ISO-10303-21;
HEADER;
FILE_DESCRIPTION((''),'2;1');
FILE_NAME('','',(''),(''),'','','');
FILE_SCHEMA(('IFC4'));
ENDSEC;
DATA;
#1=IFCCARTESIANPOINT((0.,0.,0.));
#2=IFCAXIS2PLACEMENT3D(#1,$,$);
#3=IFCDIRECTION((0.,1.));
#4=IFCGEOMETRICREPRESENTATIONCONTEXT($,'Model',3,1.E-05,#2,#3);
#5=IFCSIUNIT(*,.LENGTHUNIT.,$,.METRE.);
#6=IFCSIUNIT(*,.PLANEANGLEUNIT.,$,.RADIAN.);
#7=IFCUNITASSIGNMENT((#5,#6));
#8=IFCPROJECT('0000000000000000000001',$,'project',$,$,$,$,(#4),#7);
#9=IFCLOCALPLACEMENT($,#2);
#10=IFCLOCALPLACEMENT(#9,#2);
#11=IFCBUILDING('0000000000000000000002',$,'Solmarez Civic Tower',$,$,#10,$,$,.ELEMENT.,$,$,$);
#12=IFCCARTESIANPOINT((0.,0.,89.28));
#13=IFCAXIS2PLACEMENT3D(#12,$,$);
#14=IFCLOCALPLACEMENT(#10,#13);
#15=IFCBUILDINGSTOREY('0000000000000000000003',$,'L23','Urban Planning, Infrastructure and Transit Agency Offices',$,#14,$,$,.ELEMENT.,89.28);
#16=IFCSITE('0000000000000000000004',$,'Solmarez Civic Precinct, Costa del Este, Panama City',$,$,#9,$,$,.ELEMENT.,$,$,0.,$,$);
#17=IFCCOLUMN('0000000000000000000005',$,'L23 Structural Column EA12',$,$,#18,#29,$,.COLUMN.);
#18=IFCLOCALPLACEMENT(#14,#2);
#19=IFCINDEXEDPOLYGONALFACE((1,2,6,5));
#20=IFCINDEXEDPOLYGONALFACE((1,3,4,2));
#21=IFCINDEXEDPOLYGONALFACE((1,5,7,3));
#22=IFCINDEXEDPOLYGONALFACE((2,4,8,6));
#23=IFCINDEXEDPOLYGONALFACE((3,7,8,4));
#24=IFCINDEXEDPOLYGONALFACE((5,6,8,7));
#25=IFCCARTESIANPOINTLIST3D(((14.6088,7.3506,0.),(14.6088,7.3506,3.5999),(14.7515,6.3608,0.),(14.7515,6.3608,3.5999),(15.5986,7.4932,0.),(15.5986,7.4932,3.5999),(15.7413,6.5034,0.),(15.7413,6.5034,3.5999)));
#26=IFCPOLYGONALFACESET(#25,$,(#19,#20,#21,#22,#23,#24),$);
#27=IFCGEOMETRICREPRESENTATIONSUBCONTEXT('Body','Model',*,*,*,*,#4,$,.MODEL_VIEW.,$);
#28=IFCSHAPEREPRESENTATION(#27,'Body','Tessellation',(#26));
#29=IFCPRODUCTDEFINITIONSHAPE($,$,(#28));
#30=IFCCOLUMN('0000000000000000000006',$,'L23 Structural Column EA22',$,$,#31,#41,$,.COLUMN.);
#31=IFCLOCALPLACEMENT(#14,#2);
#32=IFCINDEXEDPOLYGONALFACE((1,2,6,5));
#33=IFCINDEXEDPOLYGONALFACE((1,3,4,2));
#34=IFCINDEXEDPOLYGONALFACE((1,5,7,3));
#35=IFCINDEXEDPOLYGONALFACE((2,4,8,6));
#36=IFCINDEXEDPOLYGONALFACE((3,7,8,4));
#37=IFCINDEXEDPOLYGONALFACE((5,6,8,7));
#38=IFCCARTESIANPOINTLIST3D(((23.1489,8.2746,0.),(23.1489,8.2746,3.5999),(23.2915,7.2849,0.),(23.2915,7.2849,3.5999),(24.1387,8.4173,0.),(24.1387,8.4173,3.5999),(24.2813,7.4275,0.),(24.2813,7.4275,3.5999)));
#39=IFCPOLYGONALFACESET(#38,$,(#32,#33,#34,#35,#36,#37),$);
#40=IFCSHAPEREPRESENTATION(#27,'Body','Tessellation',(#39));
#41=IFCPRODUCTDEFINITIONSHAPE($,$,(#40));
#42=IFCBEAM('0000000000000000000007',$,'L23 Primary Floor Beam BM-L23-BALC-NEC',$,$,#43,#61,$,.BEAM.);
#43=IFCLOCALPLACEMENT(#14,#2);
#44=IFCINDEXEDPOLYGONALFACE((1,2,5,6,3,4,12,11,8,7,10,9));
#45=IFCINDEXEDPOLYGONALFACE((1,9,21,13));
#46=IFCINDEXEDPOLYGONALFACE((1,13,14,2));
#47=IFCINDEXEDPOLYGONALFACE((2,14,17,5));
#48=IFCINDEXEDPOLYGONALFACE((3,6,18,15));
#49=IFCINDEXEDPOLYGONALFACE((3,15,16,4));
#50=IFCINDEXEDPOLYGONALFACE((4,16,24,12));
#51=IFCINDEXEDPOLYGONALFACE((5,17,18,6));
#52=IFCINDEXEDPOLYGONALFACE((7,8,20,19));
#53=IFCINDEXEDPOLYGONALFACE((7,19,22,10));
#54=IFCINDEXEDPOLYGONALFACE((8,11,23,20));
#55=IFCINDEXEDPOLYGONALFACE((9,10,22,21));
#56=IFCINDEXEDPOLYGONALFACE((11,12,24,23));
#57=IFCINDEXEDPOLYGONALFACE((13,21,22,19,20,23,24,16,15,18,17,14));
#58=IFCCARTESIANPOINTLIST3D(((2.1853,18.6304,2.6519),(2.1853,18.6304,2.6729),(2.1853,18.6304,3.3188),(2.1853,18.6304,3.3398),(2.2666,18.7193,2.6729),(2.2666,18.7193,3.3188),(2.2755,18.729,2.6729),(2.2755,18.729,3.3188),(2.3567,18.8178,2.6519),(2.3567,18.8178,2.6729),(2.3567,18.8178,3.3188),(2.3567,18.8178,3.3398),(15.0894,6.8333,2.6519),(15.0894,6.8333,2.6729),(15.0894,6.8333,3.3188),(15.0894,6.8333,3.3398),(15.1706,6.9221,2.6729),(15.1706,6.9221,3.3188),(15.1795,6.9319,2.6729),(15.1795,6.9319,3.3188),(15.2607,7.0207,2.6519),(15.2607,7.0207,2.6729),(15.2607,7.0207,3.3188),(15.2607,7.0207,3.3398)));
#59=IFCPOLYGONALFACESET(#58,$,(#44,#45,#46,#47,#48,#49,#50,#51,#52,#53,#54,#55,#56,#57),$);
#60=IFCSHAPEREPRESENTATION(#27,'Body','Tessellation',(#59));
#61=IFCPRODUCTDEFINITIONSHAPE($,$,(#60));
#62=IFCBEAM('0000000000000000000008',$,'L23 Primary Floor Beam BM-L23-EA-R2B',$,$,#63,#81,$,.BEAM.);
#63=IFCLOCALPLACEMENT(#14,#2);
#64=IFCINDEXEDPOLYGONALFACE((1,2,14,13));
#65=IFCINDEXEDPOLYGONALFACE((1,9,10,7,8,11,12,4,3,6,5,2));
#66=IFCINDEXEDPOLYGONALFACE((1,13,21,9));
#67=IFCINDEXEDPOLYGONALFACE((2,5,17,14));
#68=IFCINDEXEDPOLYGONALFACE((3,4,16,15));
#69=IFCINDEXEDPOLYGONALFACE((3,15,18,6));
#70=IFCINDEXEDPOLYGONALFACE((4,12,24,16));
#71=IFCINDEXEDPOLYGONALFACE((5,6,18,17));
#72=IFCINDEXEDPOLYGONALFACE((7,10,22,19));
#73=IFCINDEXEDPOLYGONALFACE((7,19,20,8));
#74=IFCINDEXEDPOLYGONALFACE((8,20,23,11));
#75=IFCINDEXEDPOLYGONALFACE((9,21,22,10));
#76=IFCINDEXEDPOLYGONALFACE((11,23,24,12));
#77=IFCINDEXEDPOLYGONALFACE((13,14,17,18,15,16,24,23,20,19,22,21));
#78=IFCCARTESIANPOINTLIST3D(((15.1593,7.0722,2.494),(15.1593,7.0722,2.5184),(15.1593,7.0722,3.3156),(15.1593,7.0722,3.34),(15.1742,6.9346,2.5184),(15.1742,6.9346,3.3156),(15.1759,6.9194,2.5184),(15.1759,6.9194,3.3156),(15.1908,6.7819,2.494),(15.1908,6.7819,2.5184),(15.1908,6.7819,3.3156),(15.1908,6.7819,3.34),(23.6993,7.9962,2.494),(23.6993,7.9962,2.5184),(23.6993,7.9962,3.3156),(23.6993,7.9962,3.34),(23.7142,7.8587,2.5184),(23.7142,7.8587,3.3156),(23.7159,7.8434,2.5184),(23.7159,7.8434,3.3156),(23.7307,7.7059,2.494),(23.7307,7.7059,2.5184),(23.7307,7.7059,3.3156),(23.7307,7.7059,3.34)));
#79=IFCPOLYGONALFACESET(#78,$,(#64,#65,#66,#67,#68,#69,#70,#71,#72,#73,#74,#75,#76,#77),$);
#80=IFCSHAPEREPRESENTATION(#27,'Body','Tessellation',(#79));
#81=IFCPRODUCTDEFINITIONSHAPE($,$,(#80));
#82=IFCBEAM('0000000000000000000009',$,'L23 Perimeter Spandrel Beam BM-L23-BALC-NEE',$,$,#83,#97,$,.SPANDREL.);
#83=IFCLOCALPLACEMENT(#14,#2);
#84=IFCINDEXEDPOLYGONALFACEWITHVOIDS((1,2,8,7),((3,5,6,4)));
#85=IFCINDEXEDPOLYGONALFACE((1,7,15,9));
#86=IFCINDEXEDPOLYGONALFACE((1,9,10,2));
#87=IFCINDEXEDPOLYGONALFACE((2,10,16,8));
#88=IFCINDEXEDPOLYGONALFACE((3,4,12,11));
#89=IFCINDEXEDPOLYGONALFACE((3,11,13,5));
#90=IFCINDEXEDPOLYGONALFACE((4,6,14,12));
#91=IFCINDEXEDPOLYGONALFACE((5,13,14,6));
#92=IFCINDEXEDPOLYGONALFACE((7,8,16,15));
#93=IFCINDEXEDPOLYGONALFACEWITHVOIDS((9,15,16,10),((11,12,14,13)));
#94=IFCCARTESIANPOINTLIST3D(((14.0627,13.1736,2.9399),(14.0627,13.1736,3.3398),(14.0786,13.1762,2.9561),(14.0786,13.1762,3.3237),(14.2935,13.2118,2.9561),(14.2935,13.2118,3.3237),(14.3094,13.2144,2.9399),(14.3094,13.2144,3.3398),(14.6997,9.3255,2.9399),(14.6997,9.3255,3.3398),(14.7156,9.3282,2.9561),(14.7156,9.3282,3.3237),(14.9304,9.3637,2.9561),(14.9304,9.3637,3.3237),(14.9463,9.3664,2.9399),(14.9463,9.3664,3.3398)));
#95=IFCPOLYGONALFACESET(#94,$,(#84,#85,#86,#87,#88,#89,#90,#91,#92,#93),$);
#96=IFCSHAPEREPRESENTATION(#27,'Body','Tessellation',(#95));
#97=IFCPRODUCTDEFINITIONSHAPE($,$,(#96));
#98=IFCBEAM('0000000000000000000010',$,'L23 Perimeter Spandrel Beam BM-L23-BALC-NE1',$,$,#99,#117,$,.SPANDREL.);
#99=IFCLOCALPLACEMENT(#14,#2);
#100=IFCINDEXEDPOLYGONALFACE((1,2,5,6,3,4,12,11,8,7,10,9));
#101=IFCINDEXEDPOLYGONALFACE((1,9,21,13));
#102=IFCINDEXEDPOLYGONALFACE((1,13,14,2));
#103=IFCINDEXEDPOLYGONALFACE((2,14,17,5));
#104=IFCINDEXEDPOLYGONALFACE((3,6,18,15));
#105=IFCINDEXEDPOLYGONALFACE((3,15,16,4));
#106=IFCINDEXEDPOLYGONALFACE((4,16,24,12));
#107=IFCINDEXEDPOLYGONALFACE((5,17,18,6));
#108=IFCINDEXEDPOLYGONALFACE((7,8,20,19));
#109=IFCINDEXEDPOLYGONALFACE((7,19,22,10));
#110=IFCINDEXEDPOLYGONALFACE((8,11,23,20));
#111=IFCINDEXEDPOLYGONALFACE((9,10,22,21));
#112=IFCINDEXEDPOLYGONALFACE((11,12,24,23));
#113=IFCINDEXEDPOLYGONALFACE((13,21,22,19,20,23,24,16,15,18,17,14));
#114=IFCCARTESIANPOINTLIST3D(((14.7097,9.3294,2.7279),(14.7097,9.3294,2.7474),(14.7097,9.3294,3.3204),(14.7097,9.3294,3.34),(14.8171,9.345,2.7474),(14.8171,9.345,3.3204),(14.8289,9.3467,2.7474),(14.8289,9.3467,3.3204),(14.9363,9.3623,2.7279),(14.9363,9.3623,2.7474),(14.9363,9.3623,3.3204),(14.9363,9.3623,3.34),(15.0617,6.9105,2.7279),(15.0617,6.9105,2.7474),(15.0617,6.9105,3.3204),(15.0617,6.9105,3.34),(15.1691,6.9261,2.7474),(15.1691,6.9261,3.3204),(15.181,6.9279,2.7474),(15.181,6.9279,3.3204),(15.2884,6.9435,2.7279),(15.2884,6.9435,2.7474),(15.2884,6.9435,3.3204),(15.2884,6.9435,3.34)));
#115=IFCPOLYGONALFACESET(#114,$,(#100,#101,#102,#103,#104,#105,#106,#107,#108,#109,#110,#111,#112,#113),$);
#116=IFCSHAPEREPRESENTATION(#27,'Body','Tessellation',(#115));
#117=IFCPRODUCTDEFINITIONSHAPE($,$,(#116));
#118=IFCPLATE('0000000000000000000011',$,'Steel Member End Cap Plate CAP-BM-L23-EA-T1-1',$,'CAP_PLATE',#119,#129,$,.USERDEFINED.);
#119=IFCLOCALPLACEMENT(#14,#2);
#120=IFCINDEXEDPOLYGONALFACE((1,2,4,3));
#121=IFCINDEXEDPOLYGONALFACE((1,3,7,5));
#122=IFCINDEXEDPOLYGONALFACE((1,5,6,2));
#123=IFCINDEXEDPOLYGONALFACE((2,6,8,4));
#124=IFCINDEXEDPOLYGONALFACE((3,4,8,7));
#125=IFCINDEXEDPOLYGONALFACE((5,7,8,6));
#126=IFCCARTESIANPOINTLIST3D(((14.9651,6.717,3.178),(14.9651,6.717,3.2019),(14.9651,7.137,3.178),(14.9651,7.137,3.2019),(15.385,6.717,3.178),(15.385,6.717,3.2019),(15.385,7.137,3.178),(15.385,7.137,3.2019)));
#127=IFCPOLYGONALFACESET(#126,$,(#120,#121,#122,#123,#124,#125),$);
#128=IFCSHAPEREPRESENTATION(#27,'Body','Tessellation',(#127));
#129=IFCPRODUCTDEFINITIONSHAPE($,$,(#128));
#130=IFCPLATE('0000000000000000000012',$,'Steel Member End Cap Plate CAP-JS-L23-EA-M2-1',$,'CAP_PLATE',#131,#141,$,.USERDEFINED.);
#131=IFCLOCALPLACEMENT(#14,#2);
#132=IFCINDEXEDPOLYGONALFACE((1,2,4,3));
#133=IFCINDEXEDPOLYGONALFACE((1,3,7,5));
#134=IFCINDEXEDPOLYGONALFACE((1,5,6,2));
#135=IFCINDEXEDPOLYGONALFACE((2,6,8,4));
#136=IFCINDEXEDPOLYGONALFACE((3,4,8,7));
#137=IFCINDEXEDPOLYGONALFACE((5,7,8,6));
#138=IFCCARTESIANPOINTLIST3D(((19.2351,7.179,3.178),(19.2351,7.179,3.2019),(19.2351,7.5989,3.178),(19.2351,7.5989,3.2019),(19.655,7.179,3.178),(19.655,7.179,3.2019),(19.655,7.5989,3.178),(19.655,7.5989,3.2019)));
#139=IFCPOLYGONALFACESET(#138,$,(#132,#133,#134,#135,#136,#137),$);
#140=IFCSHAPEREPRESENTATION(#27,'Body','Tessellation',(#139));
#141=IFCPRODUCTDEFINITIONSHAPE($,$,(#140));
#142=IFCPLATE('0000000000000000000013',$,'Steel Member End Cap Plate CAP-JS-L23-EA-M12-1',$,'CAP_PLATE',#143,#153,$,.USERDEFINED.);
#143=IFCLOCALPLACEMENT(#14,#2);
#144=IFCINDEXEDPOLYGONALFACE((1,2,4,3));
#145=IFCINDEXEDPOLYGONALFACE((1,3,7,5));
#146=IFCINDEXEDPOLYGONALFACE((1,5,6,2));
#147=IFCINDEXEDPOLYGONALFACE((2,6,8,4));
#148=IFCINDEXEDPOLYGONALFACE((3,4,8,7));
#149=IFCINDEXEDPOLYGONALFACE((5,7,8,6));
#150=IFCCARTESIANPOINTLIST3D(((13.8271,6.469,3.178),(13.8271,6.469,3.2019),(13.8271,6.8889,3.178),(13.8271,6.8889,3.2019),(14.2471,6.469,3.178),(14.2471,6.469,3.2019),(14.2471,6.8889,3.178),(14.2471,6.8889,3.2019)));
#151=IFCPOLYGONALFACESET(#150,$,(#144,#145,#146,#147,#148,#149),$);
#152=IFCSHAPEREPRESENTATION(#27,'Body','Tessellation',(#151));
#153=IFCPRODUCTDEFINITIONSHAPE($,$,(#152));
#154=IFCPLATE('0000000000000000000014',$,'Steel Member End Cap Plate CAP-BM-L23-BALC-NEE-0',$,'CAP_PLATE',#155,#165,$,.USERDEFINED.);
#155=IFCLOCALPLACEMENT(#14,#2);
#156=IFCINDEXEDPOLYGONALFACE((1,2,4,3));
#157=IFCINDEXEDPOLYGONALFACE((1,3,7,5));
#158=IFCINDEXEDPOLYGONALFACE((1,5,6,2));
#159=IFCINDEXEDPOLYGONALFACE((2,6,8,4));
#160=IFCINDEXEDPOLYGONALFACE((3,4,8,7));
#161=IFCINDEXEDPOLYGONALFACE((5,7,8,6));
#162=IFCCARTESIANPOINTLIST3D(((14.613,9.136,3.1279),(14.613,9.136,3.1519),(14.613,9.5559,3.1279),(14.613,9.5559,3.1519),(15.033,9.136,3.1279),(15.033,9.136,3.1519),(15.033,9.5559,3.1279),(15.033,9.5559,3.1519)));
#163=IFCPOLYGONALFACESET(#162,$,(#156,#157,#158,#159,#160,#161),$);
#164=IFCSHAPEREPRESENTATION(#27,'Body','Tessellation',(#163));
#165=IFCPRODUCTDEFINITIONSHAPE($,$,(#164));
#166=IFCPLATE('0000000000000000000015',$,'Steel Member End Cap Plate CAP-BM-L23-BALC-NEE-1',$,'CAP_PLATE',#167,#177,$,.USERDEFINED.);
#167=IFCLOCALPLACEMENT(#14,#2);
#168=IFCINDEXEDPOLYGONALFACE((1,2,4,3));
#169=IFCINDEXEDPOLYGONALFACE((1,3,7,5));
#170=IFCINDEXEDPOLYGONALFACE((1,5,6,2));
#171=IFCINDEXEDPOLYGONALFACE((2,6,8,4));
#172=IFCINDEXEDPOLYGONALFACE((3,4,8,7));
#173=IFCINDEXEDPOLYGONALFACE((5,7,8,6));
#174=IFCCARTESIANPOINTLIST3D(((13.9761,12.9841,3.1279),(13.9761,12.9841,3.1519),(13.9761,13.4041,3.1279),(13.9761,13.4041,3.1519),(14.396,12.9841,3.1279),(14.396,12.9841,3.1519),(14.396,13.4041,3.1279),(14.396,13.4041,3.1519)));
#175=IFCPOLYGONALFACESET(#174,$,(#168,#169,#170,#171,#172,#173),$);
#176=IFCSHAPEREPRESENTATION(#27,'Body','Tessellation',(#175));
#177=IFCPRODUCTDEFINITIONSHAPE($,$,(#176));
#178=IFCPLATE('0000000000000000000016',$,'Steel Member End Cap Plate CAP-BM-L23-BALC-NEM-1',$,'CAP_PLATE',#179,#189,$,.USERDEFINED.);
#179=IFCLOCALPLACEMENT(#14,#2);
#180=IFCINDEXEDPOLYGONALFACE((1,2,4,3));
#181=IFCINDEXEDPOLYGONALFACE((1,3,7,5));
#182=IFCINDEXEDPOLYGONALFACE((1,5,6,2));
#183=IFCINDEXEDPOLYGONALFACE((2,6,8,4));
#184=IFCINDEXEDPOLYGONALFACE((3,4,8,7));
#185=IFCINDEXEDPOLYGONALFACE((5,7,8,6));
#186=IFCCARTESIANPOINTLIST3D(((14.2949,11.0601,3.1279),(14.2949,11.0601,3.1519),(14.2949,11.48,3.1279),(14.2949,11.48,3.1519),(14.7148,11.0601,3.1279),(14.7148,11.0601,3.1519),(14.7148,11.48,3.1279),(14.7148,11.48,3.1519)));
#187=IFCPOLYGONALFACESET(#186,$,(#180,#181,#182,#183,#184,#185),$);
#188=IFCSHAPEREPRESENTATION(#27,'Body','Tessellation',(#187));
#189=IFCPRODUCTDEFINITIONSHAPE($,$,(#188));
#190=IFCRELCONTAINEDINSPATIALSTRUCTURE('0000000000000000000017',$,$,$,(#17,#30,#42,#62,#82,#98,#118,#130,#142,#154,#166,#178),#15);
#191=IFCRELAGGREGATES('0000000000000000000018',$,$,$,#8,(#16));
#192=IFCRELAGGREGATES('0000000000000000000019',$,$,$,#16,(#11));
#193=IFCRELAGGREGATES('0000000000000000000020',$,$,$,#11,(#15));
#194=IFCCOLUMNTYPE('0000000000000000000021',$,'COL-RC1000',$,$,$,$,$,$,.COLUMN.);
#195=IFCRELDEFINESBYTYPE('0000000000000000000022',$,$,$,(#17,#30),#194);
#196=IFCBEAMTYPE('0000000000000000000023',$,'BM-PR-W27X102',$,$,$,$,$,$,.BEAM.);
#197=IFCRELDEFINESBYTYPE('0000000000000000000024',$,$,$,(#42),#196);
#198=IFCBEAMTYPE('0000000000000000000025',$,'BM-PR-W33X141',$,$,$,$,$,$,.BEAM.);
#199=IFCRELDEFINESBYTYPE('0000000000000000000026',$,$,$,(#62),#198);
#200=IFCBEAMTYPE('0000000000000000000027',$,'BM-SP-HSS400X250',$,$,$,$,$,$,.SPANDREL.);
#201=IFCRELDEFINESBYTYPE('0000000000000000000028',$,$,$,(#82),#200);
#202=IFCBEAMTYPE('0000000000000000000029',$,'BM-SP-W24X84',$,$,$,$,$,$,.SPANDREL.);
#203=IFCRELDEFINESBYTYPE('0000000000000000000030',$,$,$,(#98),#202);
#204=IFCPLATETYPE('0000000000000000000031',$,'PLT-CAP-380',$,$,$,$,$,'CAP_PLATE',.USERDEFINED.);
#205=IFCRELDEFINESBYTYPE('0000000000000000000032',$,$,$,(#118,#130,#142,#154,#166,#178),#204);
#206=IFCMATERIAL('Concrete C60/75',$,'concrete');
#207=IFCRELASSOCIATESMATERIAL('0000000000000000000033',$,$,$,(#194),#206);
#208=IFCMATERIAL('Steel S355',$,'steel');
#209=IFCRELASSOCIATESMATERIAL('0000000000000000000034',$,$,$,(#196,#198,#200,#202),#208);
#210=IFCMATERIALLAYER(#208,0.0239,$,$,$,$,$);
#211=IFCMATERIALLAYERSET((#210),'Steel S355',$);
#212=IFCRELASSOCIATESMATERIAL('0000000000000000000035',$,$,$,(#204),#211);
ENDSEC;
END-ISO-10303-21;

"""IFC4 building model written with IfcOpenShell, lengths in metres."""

from ifc_helpers import new_model, si_unit, direction, frame, origin, origin_2d, place, context, subcontext, project, spatial, rectangle, hollow_rectangle, i_section, extrude, material, layer, layer_set, material_profile, profile_set, type_object, element, save


model = new_model("IFC4")

# Units and contexts
model_context = context("Model", 3, precision=1e-05, world=origin(), true_north=direction((0.0, 1.0)))
body_context = subcontext(model_context, "Body", "Model", "MODEL_VIEW")
ifc_project = project(units=[si_unit("LENGTHUNIT", "METRE"), si_unit("PLANEANGLEUNIT", "RADIAN")], contexts=[model_context])

# Site, building, storey
site_placement = place(None, origin())
site = spatial("IfcSite", under=ifc_project, at=site_placement, Name="Solmarez Civic Precinct, Costa del Este, Panama City", CompositionType="ELEMENT", RefElevation=0.0)
building_placement = place(site_placement, origin())
building = spatial("IfcBuilding", under=site, at=building_placement, Name="Solmarez Civic Tower", CompositionType="ELEMENT")
storey_placement = place(building_placement, frame((0.0, 0.0, 89.28)))
storey = spatial("IfcBuildingStorey", under=building, at=storey_placement, Name="L23", Description="Urban Planning, Infrastructure and Transit Agency Offices", CompositionType="ELEMENT", Elevation=89.28)

# Columns
ifc_material_1 = material(Name="Concrete C60/75", Category="concrete")
ifc_material_profile_1 = material_profile(ifc_material_1, rectangle(XDim=1.0, YDim=1.0, at=origin_2d()), Name="RC1000X1000")
ifc_profile_set_1 = profile_set([ifc_material_profile_1], Name="Concrete C60/75")
column_type = type_object("IfcColumnType", Name="COL-RC1000", PredefinedType="COLUMN", material=ifc_profile_set_1)
for number, where, z_axis, x_axis, name in (
    (1, (15.175, 6.927, 0.0), (0.0, 0.0, 1.0), (0.989776, 0.142629, 0.0), "L23 Structural Column EA12"),
    (2, (23.7151, 7.8511, 0.0), (0.0, 0.0, 1.0), (0.989776, 0.142629, 0.0), "L23 Structural Column EA22"),
):
    element("IfcColumn", number, at=place(storey_placement, frame(where, z_axis=z_axis, x_axis=x_axis)), inside=storey, type_object=column_type, Name=name, PredefinedType="COLUMN", context=body_context, shape_type="SweptSolid", body=[
        extrude(rectangle(XDim=1.0, YDim=1.0, at=origin_2d()), origin(), (0.0, 0.0, 1.0), 3.5999),
    ])

# Beams
ifc_material_2 = material(Name="Steel S355", Category="steel")
ifc_material_profile_2 = material_profile(ifc_material_2, i_section(OverallWidth=0.2539, OverallDepth=0.688, WebThickness=0.0132, FlangeThickness=0.021, at=origin_2d()), Name="W27X102")
ifc_profile_set_2 = profile_set([ifc_material_profile_2], Name="Steel S355")
beam_type_1 = type_object("IfcBeamType", Name="BM-PR-W27X102", PredefinedType="BEAM", material=ifc_profile_set_2)
beam_1_placement = place(storey_placement, frame((15.175, 6.927, 2.9958), z_axis=(-0.738054, 0.674742, 0.0), x_axis=(-0.674742, -0.738054, 0.0)))
element("IfcBeam", 3, at=beam_1_placement, inside=storey, type_object=beam_type_1, Name="L23 Primary Floor Beam BM-L23-BALC-NEC", PredefinedType="BEAM", context=body_context, shape_type="SweptSolid", body=[
    extrude(i_section(OverallWidth=0.2539, OverallDepth=0.688, WebThickness=0.0132, FlangeThickness=0.021, at=origin_2d()), origin(), (0.0, 0.0, 1.0), 17.4839),
])
ifc_material_profile_3 = material_profile(ifc_material_2, i_section(OverallWidth=0.292, OverallDepth=0.8459, WebThickness=0.0154, FlangeThickness=0.0244, at=origin_2d()), Name="W33X141")
ifc_profile_set_3 = profile_set([ifc_material_profile_3], Name="Steel S355")
beam_type_2 = type_object("IfcBeamType", Name="BM-PR-W33X141", PredefinedType="BEAM", material=ifc_profile_set_3)
beam_2_placement = place(storey_placement, frame((15.175, 6.927, 2.917), z_axis=(0.994197, 0.107577, 0.0), x_axis=(-0.107577, 0.994197, 0.0)))
element("IfcBeam", 4, at=beam_2_placement, inside=storey, type_object=beam_type_2, Name="L23 Primary Floor Beam BM-L23-EA-R2B", PredefinedType="BEAM", context=body_context, shape_type="SweptSolid", body=[
    extrude(i_section(OverallWidth=0.292, OverallDepth=0.8459, WebThickness=0.0154, FlangeThickness=0.0244, at=origin_2d()), origin(), (0.0, 0.0, 1.0), 8.5898),
])
ifc_material_profile_4 = material_profile(ifc_material_2, hollow_rectangle(XDim=0.25, YDim=0.3999, WallThickness=0.0161, at=origin_2d()), Name="HSS400X250X16")
ifc_profile_set_4 = profile_set([ifc_material_profile_4], Name="Steel S355")
beam_type_3 = type_object("IfcBeamType", Name="BM-SP-HSS400X250", PredefinedType="SPANDREL", material=ifc_profile_set_4)
beam_3_placement = place(storey_placement, frame((14.823, 9.3459, 3.1399), z_axis=(-0.163303, 0.986576, 0.0), x_axis=(-0.986576, -0.163303, 0.0)))
element("IfcBeam", 5, at=beam_3_placement, inside=storey, type_object=beam_type_3, Name="L23 Perimeter Spandrel Beam BM-L23-BALC-NEE", PredefinedType="SPANDREL", context=body_context, shape_type="SweptSolid", body=[
    extrude(hollow_rectangle(XDim=0.25, YDim=0.3999, WallThickness=0.0161, at=origin_2d()), origin(), (0.0, 0.0, 1.0), 3.9004),
])
ifc_material_profile_5 = material_profile(ifc_material_2, i_section(OverallWidth=0.229, OverallDepth=0.6121, WebThickness=0.012, FlangeThickness=0.0195, at=origin_2d()), Name="W24X84")
ifc_profile_set_5 = profile_set([ifc_material_profile_5], Name="Steel S355")
beam_type_4 = type_object("IfcBeamType", Name="BM-SP-W24X84", PredefinedType="SPANDREL", material=ifc_profile_set_5)
beam_4_placement = place(storey_placement, frame((15.175, 6.927, 3.0339), z_axis=(-0.144022, 0.989575, 0.0), x_axis=(-0.989575, -0.144022, 0.0)))
element("IfcBeam", 6, at=beam_4_placement, inside=storey, type_object=beam_type_4, Name="L23 Perimeter Spandrel Beam BM-L23-BALC-NE1", PredefinedType="SPANDREL", context=body_context, shape_type="SweptSolid", body=[
    extrude(i_section(OverallWidth=0.229, OverallDepth=0.6121, WebThickness=0.012, FlangeThickness=0.0195, at=origin_2d()), origin(), (0.0, 0.0, 1.0), 2.4443),
])

# Plates
ifc_layer_1 = layer(ifc_material_2, 0.0239)
ifc_layer_set_1 = layer_set([ifc_layer_1], Name="Steel S355")
plate_type_1 = type_object("IfcPlateType", Name="PLT-CAP-380", ElementType="CAP_PLATE", PredefinedType="USERDEFINED", material=ifc_layer_set_1)
for number, where, z_axis, x_axis, name in (
    (7, (15.175, 6.927, 3.178), (0.0, 0.0, 1.0), (1.0, 0.0, 0.0), "Steel Member End Cap Plate CAP-BM-L23-EA-T1-1"),
    (8, (19.4451, 7.3889, 3.178), (0.0, 0.0, 1.0), (1.0, 0.0, 0.0), "Steel Member End Cap Plate CAP-JS-L23-EA-M2-1"),
    (9, (14.0371, 6.679, 3.178), (0.0, 0.0, 1.0), (1.0, 0.0, 0.0), "Steel Member End Cap Plate CAP-JS-L23-EA-M12-1"),
    (10, (14.823, 9.3459, 3.1279), (0.0, 0.0, 1.0), (1.0, 0.0, 0.0), "Steel Member End Cap Plate CAP-BM-L23-BALC-NEE-0"),
    (11, (14.186, 13.1941, 3.1279), (0.0, 0.0, 1.0), (1.0, 0.0, 0.0), "Steel Member End Cap Plate CAP-BM-L23-BALC-NEE-1"),
    (12, (14.5049, 11.27, 3.1279), (0.0, 0.0, 1.0), (1.0, 0.0, 0.0), "Steel Member End Cap Plate CAP-BM-L23-BALC-NEM-1"),
):
    element("IfcPlate", number, at=place(storey_placement, frame(where, z_axis=z_axis, x_axis=x_axis)), inside=storey, type_object=plate_type_1, Name=name, ObjectType="CAP_PLATE", PredefinedType="USERDEFINED", context=body_context, shape_type="SweptSolid", body=[
        extrude(rectangle(XDim=0.4199, YDim=0.4199, at=origin_2d()), origin(), (0.0, 0.0, 1.0), 0.0239),
    ])

save(model, "model.ifc")
